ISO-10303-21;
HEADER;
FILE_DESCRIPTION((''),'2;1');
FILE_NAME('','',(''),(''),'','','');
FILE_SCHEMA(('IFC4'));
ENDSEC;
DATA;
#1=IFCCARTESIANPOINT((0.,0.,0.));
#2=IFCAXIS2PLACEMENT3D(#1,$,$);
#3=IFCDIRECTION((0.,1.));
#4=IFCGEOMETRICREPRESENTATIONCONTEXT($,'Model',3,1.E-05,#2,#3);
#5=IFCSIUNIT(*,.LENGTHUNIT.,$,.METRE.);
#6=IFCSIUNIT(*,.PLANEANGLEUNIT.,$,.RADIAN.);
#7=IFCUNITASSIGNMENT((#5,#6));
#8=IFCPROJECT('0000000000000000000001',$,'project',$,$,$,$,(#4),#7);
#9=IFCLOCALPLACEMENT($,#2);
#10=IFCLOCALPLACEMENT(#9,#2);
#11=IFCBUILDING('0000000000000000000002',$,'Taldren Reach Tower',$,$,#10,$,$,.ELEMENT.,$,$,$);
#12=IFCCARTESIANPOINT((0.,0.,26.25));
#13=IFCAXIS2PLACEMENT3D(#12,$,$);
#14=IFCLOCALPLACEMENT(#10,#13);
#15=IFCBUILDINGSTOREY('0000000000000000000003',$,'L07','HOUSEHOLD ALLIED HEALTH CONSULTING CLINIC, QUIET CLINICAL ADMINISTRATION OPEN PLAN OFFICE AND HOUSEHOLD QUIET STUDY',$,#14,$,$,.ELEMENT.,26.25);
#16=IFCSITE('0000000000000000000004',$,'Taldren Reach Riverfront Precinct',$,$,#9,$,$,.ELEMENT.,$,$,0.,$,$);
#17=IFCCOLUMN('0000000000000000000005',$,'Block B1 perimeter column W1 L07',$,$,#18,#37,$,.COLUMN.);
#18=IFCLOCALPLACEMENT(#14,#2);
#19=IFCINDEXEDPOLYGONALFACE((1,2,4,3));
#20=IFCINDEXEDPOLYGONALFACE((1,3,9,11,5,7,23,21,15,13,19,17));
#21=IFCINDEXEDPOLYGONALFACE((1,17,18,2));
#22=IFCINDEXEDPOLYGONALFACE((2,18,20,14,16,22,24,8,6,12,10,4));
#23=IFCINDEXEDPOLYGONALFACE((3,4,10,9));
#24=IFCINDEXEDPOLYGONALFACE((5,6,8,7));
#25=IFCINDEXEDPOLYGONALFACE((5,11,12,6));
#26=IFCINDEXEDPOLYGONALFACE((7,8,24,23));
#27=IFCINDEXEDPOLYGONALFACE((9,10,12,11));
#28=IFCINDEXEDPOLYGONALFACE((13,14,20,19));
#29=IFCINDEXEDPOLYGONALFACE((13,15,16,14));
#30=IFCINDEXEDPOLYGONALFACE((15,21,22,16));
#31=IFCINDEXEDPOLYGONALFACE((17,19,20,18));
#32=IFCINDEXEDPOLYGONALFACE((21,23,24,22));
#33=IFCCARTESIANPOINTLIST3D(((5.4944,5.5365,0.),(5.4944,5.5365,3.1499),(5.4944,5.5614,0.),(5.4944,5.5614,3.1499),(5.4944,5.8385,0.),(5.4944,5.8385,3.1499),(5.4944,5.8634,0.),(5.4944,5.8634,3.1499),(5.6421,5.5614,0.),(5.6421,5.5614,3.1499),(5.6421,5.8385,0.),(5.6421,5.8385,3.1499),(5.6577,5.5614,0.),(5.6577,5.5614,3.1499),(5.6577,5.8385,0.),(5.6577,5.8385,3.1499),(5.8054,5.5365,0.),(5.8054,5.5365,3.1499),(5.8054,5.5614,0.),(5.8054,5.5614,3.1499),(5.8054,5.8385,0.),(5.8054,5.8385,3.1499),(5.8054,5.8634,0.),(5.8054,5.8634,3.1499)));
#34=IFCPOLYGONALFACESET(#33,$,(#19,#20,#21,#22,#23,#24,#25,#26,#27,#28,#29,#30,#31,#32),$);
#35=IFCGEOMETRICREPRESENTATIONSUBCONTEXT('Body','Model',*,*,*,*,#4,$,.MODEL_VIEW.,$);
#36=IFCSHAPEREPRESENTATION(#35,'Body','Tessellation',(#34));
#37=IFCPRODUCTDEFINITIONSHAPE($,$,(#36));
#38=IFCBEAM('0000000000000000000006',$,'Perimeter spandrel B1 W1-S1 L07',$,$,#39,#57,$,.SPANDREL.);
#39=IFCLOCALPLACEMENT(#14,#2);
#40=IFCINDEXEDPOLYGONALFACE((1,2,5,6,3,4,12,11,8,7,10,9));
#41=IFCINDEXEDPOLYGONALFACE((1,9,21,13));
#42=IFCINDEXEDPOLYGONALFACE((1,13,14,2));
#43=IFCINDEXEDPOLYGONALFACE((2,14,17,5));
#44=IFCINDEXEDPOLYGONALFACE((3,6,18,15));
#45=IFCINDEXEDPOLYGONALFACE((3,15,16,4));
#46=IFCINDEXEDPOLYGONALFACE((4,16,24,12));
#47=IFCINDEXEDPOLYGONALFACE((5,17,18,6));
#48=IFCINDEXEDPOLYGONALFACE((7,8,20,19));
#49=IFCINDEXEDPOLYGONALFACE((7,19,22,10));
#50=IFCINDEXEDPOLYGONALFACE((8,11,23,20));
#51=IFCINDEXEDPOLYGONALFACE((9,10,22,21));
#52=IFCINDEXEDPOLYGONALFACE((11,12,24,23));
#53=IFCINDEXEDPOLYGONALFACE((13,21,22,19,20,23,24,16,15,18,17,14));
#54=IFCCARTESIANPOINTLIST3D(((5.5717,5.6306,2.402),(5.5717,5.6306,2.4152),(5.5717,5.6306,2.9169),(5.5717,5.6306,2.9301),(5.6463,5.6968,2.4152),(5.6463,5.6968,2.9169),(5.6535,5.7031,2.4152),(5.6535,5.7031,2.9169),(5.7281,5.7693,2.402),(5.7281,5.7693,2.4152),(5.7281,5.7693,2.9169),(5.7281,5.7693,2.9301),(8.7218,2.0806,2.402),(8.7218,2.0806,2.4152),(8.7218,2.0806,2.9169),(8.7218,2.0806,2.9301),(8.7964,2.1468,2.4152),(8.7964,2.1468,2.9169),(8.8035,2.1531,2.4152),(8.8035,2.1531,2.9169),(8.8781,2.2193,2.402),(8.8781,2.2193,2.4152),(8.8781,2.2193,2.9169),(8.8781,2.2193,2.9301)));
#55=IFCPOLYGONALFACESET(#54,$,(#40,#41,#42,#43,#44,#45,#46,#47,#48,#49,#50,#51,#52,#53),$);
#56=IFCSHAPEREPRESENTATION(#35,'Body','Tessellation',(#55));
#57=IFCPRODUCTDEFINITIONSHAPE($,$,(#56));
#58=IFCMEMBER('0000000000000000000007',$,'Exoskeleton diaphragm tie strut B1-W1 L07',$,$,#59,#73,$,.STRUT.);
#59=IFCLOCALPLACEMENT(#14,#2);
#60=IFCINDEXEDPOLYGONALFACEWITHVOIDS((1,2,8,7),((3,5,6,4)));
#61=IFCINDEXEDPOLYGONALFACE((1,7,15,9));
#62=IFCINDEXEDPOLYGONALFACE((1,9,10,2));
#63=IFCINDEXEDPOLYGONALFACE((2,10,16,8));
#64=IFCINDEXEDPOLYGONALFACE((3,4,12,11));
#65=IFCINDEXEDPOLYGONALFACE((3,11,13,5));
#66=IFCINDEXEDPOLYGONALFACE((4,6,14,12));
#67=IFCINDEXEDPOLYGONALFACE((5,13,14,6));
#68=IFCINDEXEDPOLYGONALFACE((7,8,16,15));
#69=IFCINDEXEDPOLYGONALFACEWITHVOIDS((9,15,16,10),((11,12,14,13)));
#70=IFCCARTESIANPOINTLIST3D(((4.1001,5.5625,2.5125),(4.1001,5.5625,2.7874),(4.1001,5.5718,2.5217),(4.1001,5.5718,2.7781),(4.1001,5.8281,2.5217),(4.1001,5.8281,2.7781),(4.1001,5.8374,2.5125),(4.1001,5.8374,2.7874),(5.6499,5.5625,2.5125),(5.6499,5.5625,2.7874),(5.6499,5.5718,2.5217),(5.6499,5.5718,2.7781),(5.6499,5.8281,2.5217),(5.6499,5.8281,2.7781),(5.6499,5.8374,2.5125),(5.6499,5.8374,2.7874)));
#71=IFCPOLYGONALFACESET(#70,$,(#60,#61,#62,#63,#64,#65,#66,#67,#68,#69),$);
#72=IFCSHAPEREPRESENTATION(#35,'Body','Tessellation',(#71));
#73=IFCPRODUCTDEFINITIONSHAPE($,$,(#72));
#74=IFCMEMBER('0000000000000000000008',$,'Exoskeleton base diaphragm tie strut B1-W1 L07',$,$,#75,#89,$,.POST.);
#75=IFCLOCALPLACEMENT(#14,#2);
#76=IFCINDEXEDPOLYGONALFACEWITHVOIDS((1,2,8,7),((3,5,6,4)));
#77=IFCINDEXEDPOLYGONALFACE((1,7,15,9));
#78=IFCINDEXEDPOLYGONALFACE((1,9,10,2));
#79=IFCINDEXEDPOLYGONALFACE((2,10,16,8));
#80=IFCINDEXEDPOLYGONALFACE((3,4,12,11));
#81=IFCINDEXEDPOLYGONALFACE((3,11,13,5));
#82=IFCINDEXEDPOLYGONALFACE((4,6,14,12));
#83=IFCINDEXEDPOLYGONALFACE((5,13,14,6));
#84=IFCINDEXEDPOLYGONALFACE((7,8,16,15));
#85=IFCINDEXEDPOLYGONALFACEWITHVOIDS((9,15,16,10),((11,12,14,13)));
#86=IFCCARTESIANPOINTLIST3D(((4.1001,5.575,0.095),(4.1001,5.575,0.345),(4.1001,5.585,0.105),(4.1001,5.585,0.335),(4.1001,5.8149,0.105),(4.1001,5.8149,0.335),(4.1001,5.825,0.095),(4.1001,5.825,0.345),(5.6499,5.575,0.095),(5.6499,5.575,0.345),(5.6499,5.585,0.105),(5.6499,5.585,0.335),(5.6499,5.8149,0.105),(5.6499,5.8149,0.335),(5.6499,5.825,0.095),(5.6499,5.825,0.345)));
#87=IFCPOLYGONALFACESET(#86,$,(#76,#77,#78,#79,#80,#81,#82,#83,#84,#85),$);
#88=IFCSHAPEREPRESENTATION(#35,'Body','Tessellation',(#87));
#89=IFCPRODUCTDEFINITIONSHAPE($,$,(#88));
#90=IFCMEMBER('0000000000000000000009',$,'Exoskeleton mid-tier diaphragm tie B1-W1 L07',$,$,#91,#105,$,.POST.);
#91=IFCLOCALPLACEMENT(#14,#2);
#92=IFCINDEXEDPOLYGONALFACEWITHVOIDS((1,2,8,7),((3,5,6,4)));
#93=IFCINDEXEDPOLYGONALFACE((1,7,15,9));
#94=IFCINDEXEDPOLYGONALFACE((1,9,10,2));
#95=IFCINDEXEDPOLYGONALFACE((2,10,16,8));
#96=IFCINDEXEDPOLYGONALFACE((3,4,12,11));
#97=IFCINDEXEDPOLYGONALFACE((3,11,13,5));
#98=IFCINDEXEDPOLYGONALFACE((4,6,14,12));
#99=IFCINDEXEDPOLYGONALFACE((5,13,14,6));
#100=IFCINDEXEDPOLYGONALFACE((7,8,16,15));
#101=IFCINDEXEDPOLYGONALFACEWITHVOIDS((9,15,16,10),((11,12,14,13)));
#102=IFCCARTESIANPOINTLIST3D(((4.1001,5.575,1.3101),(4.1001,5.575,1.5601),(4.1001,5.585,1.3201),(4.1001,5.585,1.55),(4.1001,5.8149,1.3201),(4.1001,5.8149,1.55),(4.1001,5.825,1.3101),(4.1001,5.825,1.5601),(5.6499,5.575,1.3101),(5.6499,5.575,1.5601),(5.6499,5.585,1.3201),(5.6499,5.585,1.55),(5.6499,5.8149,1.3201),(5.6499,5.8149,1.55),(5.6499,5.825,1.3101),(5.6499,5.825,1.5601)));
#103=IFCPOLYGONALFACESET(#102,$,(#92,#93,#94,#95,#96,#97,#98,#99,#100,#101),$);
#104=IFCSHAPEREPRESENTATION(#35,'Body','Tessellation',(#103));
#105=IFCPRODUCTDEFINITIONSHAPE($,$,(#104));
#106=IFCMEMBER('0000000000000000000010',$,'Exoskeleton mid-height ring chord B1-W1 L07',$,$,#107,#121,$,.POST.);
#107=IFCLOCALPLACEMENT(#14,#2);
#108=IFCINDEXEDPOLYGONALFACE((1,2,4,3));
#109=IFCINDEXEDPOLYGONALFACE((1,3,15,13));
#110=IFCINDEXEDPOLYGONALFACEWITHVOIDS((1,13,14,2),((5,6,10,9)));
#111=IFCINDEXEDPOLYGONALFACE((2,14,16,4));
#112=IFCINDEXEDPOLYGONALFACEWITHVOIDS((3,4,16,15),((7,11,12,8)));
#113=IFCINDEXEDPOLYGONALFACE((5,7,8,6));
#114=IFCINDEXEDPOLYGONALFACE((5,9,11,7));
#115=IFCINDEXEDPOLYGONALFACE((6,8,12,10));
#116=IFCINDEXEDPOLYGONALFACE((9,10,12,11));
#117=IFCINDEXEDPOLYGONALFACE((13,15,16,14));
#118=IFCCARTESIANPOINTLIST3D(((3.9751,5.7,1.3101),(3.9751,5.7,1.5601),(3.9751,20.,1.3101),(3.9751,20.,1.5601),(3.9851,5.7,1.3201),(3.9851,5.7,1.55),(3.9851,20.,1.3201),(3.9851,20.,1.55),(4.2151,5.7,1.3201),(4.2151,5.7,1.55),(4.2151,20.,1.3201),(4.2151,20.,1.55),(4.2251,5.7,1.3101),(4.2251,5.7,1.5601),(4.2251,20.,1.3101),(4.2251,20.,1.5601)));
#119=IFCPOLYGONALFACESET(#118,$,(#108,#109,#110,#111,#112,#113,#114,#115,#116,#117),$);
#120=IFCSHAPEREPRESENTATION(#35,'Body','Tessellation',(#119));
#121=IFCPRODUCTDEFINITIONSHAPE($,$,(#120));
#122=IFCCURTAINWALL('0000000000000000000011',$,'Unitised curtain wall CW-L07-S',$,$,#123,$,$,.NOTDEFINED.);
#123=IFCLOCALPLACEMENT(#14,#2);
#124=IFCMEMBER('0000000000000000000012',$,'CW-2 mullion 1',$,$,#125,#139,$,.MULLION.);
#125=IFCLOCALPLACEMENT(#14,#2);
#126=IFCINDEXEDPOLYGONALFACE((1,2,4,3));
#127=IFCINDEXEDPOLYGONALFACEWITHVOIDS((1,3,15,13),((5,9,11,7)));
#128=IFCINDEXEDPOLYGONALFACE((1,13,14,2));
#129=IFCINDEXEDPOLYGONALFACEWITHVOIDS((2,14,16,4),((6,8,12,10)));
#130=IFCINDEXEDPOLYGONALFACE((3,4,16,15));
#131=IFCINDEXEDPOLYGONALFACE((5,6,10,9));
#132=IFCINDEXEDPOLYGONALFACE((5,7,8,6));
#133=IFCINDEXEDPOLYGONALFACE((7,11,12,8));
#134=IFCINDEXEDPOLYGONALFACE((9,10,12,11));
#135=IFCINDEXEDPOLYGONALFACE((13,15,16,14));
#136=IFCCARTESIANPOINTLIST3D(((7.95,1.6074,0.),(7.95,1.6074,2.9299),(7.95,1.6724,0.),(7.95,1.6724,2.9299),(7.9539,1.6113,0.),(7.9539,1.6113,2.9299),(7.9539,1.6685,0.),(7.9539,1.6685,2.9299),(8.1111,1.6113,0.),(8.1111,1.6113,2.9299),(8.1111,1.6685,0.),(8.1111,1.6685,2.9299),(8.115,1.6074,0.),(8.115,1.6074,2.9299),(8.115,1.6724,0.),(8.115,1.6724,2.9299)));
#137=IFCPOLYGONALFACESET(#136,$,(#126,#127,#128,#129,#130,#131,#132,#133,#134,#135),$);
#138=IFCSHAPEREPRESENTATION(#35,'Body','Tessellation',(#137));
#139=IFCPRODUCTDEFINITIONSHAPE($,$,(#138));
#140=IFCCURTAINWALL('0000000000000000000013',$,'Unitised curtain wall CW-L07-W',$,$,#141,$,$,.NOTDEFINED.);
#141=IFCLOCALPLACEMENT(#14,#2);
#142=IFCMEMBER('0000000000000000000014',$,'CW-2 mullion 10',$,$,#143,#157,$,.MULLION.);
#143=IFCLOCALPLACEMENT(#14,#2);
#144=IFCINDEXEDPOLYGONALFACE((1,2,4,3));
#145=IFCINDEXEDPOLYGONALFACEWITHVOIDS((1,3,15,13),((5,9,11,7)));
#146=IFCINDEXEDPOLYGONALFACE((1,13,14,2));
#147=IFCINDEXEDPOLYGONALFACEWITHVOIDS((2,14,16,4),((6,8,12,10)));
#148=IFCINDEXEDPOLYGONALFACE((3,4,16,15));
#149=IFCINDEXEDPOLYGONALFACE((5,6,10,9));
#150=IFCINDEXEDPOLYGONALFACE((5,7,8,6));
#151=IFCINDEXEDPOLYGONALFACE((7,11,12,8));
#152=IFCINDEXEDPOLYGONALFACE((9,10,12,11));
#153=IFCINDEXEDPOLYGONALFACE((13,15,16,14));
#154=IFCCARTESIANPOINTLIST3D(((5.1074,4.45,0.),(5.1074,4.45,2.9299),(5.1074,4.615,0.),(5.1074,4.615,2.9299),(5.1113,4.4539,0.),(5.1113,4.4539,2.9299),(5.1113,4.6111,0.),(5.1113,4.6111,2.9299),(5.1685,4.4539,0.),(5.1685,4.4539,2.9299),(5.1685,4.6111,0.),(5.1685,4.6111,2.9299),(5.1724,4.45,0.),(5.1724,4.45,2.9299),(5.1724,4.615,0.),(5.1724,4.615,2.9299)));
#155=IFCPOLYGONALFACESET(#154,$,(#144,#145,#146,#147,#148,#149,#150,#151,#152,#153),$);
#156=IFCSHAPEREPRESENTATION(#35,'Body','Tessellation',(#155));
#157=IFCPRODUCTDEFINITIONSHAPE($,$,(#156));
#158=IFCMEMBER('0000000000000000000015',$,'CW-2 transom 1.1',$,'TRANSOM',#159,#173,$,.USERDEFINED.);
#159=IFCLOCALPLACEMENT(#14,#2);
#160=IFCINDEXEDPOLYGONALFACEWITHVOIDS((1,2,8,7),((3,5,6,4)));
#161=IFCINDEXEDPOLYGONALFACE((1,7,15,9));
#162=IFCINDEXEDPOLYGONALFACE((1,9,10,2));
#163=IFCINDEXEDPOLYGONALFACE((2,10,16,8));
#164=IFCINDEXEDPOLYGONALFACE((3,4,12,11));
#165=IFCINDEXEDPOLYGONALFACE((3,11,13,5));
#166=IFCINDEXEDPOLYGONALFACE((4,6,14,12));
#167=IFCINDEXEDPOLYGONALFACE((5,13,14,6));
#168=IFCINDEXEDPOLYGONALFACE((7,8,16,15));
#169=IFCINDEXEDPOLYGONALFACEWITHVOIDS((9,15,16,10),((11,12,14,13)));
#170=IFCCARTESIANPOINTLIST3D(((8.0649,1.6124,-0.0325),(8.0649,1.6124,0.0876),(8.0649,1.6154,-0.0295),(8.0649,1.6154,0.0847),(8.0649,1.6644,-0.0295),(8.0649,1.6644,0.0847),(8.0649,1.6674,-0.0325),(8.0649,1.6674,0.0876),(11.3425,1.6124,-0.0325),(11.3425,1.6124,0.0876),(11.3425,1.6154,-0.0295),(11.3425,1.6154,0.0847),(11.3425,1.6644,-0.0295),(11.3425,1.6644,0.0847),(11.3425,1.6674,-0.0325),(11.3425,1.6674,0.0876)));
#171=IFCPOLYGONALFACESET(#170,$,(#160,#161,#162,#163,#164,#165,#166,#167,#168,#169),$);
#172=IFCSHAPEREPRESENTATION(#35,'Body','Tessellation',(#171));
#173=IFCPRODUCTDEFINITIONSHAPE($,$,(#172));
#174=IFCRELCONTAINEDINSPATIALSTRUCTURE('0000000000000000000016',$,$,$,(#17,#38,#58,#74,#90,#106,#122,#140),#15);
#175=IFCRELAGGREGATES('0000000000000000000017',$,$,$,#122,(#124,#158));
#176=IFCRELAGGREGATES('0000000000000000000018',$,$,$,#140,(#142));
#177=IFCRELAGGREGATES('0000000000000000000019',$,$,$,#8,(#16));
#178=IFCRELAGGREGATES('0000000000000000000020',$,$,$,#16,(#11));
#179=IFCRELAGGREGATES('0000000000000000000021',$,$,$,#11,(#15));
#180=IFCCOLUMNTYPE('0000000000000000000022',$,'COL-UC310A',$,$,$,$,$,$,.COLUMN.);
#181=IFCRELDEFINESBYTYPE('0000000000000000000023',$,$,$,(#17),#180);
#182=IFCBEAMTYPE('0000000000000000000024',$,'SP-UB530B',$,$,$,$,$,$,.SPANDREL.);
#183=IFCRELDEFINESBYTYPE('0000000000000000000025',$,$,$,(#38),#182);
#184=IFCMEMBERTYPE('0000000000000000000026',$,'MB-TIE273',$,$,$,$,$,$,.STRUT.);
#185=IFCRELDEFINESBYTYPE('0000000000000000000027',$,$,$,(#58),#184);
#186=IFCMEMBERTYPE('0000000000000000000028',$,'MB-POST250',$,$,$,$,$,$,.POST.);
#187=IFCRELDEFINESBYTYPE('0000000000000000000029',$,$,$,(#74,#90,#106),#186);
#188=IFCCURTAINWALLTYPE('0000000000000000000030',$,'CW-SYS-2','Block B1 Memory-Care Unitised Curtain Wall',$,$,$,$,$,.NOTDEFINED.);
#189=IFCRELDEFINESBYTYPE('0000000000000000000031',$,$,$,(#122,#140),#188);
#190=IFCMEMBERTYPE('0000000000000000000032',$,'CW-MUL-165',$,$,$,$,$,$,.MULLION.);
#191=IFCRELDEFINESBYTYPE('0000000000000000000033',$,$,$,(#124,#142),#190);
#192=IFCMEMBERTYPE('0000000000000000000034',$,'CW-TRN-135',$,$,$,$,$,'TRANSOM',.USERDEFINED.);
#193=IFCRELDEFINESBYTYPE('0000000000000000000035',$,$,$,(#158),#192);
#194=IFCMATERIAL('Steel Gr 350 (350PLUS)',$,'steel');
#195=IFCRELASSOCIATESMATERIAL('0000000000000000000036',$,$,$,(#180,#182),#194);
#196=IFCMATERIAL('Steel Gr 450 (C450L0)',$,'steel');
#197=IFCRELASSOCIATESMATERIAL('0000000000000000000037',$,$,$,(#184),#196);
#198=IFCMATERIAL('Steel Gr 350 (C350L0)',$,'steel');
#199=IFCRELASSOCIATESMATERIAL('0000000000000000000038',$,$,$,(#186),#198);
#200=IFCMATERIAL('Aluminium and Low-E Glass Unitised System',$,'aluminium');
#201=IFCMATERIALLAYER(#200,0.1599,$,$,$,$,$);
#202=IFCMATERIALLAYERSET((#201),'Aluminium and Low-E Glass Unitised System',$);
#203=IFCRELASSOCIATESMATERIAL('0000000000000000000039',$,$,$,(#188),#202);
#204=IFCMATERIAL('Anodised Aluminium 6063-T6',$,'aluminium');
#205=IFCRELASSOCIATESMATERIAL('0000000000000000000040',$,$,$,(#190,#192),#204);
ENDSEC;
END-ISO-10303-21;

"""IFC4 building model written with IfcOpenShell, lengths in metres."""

from ifc_helpers import new_model, si_unit, direction, frame, origin, origin_2d, place, context, subcontext, project, spatial, hollow_rectangle, i_section, extrude, source, transform, mapped, material, layer, layer_set, material_profile, profile_set, type_object, element, aggregate, save


model = new_model("IFC4")

# Units and contexts
model_context = context("Model", 3, precision=1e-05, world=origin(), true_north=direction((0.0, 1.0)))
body_context = subcontext(model_context, "Body", "Model", "MODEL_VIEW")
ifc_project = project(units=[si_unit("LENGTHUNIT", "METRE"), si_unit("PLANEANGLEUNIT", "RADIAN")], contexts=[model_context])

# Site, building, storey
site_placement = place(None, origin())
site = spatial("IfcSite", under=ifc_project, at=site_placement, Name="Taldren Reach Riverfront Precinct", CompositionType="ELEMENT", RefElevation=0.0)
building_placement = place(site_placement, origin())
building = spatial("IfcBuilding", under=site, at=building_placement, Name="Taldren Reach Tower", CompositionType="ELEMENT")
storey_placement = place(building_placement, frame((0.0, 0.0, 26.25)))
storey = spatial("IfcBuildingStorey", under=building, at=storey_placement, Name="L07", Description="HOUSEHOLD ALLIED HEALTH CONSULTING CLINIC, QUIET CLINICAL ADMINISTRATION OPEN PLAN OFFICE AND HOUSEHOLD QUIET STUDY", CompositionType="ELEMENT", Elevation=26.25)

# Column
ifc_material_1 = material(Name="Steel Gr 350 (350PLUS)", Category="steel")
ifc_material_profile_1 = material_profile(ifc_material_1, i_section(OverallWidth=0.311, OverallDepth=0.3269, WebThickness=0.0156, FlangeThickness=0.0249, at=origin_2d()), Name="310UC158")
ifc_profile_set_1 = profile_set([ifc_material_profile_1], Name="Steel Gr 350 (350PLUS)")
column_type = type_object("IfcColumnType", Name="COL-UC310A", PredefinedType="COLUMN", material=ifc_profile_set_1)
shared_shape_1 = source(origin(), body_context, "Body", "SweptSolid", [
    extrude(i_section(OverallWidth=0.311, OverallDepth=0.3269, WebThickness=0.0156, FlangeThickness=0.0249, at=origin_2d()), origin(), (0.0, 0.0, 1.0), 3.1499),
])
column_placement = place(storey_placement, frame((5.6499, 5.7, 0.0), z_axis=(0.0, 0.0, 1.0), x_axis=(1.0, 0.0, 0.0)))
element("IfcColumn", 1, at=column_placement, inside=storey, type_object=column_type, Name="Block B1 perimeter column W1 L07", PredefinedType="COLUMN", context=body_context, shape_type="MappedRepresentation", body=[
    mapped(shared_shape_1, transform((0.0, 0.0, 0.0), scale=1.0)),
])

# Beam
ifc_material_profile_2 = material_profile(ifc_material_1, i_section(OverallWidth=0.209, OverallDepth=0.5281, WebThickness=0.0095, FlangeThickness=0.0132, at=origin_2d()), Name="530UB82.0")
ifc_profile_set_2 = profile_set([ifc_material_profile_2], Name="Steel Gr 350 (350PLUS)")
beam_type = type_object("IfcBeamType", Name="SP-UB530B", PredefinedType="SPANDREL", material=ifc_profile_set_2)
shared_shape_2 = source(origin(), body_context, "Body", "SweptSolid", [
    extrude(i_section(OverallWidth=0.209, OverallDepth=0.5281, WebThickness=0.0095, FlangeThickness=0.0132, at=origin_2d()), origin(), (0.0, 0.0, 1.0), 4.7461),
])
beam_placement = place(storey_placement, frame((5.6499, 5.7, 2.666), z_axis=(0.663722, -0.747979, 0.0), x_axis=(0.747979, 0.663722, 0.0)))
element("IfcBeam", 2, at=beam_placement, inside=storey, type_object=beam_type, Name="Perimeter spandrel B1 W1-S1 L07", PredefinedType="SPANDREL", context=body_context, shape_type="MappedRepresentation", body=[
    mapped(shared_shape_2, transform((0.0, 0.0, 0.0), scale=1.0)),
])

# Members
ifc_material_2 = material(Name="Steel Gr 450 (C450L0)", Category="steel")
ifc_material_profile_3 = material_profile(ifc_material_2, hollow_rectangle(XDim=0.2749, YDim=0.2749, WallThickness=0.0093, at=origin_2d()), Name="275x275x9.3SHS")
ifc_profile_set_3 = profile_set([ifc_material_profile_3], Name="Steel Gr 450 (C450L0)")
member_type_1 = type_object("IfcMemberType", Name="MB-TIE273", PredefinedType="STRUT", material=ifc_profile_set_3)
shared_shape_3 = source(origin(), body_context, "Body", "SweptSolid", [
    extrude(hollow_rectangle(XDim=0.2749, YDim=0.2749, WallThickness=0.0093, at=origin_2d()), origin(), (0.0, 0.0, 1.0), 1.5498),
])
member_1_placement = place(storey_placement, frame((5.6499, 5.7, 2.6499), z_axis=(-1.0, 0.0, 0.0), x_axis=(0.0, -1.0, 0.0)))
element("IfcMember", 3, at=member_1_placement, inside=storey, type_object=member_type_1, Name="Exoskeleton diaphragm tie strut B1-W1 L07", PredefinedType="STRUT", context=body_context, shape_type="MappedRepresentation", body=[
    mapped(shared_shape_3, transform((0.0, 0.0, 0.0), scale=1.0)),
])
ifc_material_3 = material(Name="Steel Gr 350 (C350L0)", Category="steel")
ifc_material_profile_4 = material_profile(ifc_material_3, hollow_rectangle(XDim=0.25, YDim=0.25, WallThickness=0.01, at=origin_2d()), Name="250x250x10.0SHS")
ifc_profile_set_4 = profile_set([ifc_material_profile_4], Name="Steel Gr 350 (C350L0)")
member_type_2 = type_object("IfcMemberType", Name="MB-POST250", PredefinedType="POST", material=ifc_profile_set_4)
shared_shape_4 = source(origin(), body_context, "Body", "SweptSolid", [
    extrude(hollow_rectangle(XDim=0.25, YDim=0.25, WallThickness=0.01, at=origin_2d()), origin(), (0.0, 0.0, 1.0), 1.5498),
])
for number, where, z_axis, x_axis, name in (
    (4, (5.6499, 5.7, 0.22), (-1.0, 0.0, 0.0), (0.0, -1.0, 0.0), "Exoskeleton base diaphragm tie strut B1-W1 L07"),
    (5, (5.6499, 5.7, 1.4351), (-1.0, 0.0, 0.0), (0.0, -1.0, 0.0), "Exoskeleton mid-tier diaphragm tie B1-W1 L07"),
):
    element("IfcMember", number, at=place(storey_placement, frame(where, z_axis=z_axis, x_axis=x_axis)), inside=storey, type_object=member_type_2, Name=name, PredefinedType="POST", context=body_context, shape_type="MappedRepresentation", body=[
        mapped(shared_shape_4, transform((0.0, 0.0, 0.0), scale=1.0)),
    ])
shared_shape_5 = source(origin(), body_context, "Body", "SweptSolid", [
    extrude(hollow_rectangle(XDim=0.25, YDim=0.25, WallThickness=0.01, at=origin_2d()), origin(), (0.0, 0.0, 1.0), 14.3),
])
member_2_placement = place(storey_placement, frame((4.1001, 5.7, 1.4351), z_axis=(0.0, 1.0, 0.0), x_axis=(-1.0, 0.0, 0.0)))
element("IfcMember", 6, at=member_2_placement, inside=storey, type_object=member_type_2, Name="Exoskeleton mid-height ring chord B1-W1 L07", PredefinedType="POST", context=body_context, shape_type="MappedRepresentation", body=[
    mapped(shared_shape_5, transform((0.0, 0.0, 0.0), scale=1.0)),
])

# Curtain walls, members
ifc_material_4 = material(Name="Aluminium and Low-E Glass Unitised System", Category="aluminium")
ifc_layer_1 = layer(ifc_material_4, 0.1599)
ifc_layer_set_1 = layer_set([ifc_layer_1], Name="Aluminium and Low-E Glass Unitised System")
curtain_wall_type = type_object("IfcCurtainWallType", Name="CW-SYS-2", Description="Block B1 Memory-Care Unitised Curtain Wall", PredefinedType="NOTDEFINED", material=ifc_layer_set_1)
curtain_wall_1_placement = place(storey_placement, origin())
curtain_wall_1 = element("IfcCurtainWall", 7, at=curtain_wall_1_placement, inside=storey, type_object=curtain_wall_type, Name="Unitised curtain wall CW-L07-S", PredefinedType="NOTDEFINED")
ifc_material_5 = material(Name="Anodised Aluminium 6063-T6", Category="aluminium")
ifc_material_profile_5 = material_profile(ifc_material_5, hollow_rectangle(XDim=0.0649, YDim=0.165, WallThickness=0.0039, at=origin_2d()), Name="ALU-165x65x4RHS")
ifc_profile_set_5 = profile_set([ifc_material_profile_5], Name="Anodised Aluminium 6063-T6")
member_type_3 = type_object("IfcMemberType", Name="CW-MUL-165", PredefinedType="MULLION", material=ifc_profile_set_5)
shared_shape_6 = source(origin(), body_context, "Body", "SweptSolid", [
    extrude(hollow_rectangle(XDim=0.0649, YDim=0.165, WallThickness=0.0039, at=origin_2d()), origin(), (0.0, 0.0, 1.0), 2.9299),
])
member_3_placement = place(storey_placement, frame((8.0325, 1.6399, 0.0), z_axis=(0.0, 0.0, 1.0), x_axis=(0.0, 1.0, 0.0)))
member_3 = element("IfcMember", 8, at=member_3_placement, type_object=member_type_3, Name="CW-2 mullion 1", PredefinedType="MULLION", context=body_context, shape_type="MappedRepresentation", body=[
    mapped(shared_shape_6, transform((0.0, 0.0, 0.0), scale=1.0)),
])
curtain_wall_2_placement = place(storey_placement, origin())
curtain_wall_2 = element("IfcCurtainWall", 9, at=curtain_wall_2_placement, inside=storey, type_object=curtain_wall_type, Name="Unitised curtain wall CW-L07-W", PredefinedType="NOTDEFINED")
member_4_placement = place(storey_placement, frame((5.1399, 4.5325, 0.0), z_axis=(0.0, 0.0, 1.0), x_axis=(1.0, 0.0, 0.0)))
member_4 = element("IfcMember", 10, at=member_4_placement, type_object=member_type_3, Name="CW-2 mullion 10", PredefinedType="MULLION", context=body_context, shape_type="MappedRepresentation", body=[
    mapped(shared_shape_6, transform((0.0, 0.0, 0.0), scale=1.0)),
])

# Member
ifc_material_profile_6 = material_profile(ifc_material_5, hollow_rectangle(XDim=0.0549, YDim=0.1201, WallThickness=0.0029, at=origin_2d()), Name="ALU-120x55x3RHS")
ifc_profile_set_6 = profile_set([ifc_material_profile_6], Name="Anodised Aluminium 6063-T6")
member_type_4 = type_object("IfcMemberType", Name="CW-TRN-135", ElementType="TRANSOM", PredefinedType="USERDEFINED", material=ifc_profile_set_6)
shared_shape_7 = source(origin(), body_context, "Body", "SweptSolid", [
    extrude(hollow_rectangle(XDim=0.0549, YDim=0.1201, WallThickness=0.0029, at=origin_2d()), origin(), (0.0, 0.0, 1.0), 3.2776),
])
member_5_placement = place(storey_placement, frame((8.0649, 1.6399, 0.0276), z_axis=(1.0, 0.0, 0.0), x_axis=(0.0, 1.0, 0.0)))
member_5 = element("IfcMember", 11, at=member_5_placement, type_object=member_type_4, Name="CW-2 transom 1.1", ObjectType="TRANSOM", PredefinedType="USERDEFINED", context=body_context, shape_type="MappedRepresentation", body=[
    mapped(shared_shape_7, transform((0.0, 0.0, 0.0), scale=1.0)),
])
aggregate(curtain_wall_1, [member_3, member_5])

aggregate(curtain_wall_2, [member_4])

save(model, "model.ifc")
